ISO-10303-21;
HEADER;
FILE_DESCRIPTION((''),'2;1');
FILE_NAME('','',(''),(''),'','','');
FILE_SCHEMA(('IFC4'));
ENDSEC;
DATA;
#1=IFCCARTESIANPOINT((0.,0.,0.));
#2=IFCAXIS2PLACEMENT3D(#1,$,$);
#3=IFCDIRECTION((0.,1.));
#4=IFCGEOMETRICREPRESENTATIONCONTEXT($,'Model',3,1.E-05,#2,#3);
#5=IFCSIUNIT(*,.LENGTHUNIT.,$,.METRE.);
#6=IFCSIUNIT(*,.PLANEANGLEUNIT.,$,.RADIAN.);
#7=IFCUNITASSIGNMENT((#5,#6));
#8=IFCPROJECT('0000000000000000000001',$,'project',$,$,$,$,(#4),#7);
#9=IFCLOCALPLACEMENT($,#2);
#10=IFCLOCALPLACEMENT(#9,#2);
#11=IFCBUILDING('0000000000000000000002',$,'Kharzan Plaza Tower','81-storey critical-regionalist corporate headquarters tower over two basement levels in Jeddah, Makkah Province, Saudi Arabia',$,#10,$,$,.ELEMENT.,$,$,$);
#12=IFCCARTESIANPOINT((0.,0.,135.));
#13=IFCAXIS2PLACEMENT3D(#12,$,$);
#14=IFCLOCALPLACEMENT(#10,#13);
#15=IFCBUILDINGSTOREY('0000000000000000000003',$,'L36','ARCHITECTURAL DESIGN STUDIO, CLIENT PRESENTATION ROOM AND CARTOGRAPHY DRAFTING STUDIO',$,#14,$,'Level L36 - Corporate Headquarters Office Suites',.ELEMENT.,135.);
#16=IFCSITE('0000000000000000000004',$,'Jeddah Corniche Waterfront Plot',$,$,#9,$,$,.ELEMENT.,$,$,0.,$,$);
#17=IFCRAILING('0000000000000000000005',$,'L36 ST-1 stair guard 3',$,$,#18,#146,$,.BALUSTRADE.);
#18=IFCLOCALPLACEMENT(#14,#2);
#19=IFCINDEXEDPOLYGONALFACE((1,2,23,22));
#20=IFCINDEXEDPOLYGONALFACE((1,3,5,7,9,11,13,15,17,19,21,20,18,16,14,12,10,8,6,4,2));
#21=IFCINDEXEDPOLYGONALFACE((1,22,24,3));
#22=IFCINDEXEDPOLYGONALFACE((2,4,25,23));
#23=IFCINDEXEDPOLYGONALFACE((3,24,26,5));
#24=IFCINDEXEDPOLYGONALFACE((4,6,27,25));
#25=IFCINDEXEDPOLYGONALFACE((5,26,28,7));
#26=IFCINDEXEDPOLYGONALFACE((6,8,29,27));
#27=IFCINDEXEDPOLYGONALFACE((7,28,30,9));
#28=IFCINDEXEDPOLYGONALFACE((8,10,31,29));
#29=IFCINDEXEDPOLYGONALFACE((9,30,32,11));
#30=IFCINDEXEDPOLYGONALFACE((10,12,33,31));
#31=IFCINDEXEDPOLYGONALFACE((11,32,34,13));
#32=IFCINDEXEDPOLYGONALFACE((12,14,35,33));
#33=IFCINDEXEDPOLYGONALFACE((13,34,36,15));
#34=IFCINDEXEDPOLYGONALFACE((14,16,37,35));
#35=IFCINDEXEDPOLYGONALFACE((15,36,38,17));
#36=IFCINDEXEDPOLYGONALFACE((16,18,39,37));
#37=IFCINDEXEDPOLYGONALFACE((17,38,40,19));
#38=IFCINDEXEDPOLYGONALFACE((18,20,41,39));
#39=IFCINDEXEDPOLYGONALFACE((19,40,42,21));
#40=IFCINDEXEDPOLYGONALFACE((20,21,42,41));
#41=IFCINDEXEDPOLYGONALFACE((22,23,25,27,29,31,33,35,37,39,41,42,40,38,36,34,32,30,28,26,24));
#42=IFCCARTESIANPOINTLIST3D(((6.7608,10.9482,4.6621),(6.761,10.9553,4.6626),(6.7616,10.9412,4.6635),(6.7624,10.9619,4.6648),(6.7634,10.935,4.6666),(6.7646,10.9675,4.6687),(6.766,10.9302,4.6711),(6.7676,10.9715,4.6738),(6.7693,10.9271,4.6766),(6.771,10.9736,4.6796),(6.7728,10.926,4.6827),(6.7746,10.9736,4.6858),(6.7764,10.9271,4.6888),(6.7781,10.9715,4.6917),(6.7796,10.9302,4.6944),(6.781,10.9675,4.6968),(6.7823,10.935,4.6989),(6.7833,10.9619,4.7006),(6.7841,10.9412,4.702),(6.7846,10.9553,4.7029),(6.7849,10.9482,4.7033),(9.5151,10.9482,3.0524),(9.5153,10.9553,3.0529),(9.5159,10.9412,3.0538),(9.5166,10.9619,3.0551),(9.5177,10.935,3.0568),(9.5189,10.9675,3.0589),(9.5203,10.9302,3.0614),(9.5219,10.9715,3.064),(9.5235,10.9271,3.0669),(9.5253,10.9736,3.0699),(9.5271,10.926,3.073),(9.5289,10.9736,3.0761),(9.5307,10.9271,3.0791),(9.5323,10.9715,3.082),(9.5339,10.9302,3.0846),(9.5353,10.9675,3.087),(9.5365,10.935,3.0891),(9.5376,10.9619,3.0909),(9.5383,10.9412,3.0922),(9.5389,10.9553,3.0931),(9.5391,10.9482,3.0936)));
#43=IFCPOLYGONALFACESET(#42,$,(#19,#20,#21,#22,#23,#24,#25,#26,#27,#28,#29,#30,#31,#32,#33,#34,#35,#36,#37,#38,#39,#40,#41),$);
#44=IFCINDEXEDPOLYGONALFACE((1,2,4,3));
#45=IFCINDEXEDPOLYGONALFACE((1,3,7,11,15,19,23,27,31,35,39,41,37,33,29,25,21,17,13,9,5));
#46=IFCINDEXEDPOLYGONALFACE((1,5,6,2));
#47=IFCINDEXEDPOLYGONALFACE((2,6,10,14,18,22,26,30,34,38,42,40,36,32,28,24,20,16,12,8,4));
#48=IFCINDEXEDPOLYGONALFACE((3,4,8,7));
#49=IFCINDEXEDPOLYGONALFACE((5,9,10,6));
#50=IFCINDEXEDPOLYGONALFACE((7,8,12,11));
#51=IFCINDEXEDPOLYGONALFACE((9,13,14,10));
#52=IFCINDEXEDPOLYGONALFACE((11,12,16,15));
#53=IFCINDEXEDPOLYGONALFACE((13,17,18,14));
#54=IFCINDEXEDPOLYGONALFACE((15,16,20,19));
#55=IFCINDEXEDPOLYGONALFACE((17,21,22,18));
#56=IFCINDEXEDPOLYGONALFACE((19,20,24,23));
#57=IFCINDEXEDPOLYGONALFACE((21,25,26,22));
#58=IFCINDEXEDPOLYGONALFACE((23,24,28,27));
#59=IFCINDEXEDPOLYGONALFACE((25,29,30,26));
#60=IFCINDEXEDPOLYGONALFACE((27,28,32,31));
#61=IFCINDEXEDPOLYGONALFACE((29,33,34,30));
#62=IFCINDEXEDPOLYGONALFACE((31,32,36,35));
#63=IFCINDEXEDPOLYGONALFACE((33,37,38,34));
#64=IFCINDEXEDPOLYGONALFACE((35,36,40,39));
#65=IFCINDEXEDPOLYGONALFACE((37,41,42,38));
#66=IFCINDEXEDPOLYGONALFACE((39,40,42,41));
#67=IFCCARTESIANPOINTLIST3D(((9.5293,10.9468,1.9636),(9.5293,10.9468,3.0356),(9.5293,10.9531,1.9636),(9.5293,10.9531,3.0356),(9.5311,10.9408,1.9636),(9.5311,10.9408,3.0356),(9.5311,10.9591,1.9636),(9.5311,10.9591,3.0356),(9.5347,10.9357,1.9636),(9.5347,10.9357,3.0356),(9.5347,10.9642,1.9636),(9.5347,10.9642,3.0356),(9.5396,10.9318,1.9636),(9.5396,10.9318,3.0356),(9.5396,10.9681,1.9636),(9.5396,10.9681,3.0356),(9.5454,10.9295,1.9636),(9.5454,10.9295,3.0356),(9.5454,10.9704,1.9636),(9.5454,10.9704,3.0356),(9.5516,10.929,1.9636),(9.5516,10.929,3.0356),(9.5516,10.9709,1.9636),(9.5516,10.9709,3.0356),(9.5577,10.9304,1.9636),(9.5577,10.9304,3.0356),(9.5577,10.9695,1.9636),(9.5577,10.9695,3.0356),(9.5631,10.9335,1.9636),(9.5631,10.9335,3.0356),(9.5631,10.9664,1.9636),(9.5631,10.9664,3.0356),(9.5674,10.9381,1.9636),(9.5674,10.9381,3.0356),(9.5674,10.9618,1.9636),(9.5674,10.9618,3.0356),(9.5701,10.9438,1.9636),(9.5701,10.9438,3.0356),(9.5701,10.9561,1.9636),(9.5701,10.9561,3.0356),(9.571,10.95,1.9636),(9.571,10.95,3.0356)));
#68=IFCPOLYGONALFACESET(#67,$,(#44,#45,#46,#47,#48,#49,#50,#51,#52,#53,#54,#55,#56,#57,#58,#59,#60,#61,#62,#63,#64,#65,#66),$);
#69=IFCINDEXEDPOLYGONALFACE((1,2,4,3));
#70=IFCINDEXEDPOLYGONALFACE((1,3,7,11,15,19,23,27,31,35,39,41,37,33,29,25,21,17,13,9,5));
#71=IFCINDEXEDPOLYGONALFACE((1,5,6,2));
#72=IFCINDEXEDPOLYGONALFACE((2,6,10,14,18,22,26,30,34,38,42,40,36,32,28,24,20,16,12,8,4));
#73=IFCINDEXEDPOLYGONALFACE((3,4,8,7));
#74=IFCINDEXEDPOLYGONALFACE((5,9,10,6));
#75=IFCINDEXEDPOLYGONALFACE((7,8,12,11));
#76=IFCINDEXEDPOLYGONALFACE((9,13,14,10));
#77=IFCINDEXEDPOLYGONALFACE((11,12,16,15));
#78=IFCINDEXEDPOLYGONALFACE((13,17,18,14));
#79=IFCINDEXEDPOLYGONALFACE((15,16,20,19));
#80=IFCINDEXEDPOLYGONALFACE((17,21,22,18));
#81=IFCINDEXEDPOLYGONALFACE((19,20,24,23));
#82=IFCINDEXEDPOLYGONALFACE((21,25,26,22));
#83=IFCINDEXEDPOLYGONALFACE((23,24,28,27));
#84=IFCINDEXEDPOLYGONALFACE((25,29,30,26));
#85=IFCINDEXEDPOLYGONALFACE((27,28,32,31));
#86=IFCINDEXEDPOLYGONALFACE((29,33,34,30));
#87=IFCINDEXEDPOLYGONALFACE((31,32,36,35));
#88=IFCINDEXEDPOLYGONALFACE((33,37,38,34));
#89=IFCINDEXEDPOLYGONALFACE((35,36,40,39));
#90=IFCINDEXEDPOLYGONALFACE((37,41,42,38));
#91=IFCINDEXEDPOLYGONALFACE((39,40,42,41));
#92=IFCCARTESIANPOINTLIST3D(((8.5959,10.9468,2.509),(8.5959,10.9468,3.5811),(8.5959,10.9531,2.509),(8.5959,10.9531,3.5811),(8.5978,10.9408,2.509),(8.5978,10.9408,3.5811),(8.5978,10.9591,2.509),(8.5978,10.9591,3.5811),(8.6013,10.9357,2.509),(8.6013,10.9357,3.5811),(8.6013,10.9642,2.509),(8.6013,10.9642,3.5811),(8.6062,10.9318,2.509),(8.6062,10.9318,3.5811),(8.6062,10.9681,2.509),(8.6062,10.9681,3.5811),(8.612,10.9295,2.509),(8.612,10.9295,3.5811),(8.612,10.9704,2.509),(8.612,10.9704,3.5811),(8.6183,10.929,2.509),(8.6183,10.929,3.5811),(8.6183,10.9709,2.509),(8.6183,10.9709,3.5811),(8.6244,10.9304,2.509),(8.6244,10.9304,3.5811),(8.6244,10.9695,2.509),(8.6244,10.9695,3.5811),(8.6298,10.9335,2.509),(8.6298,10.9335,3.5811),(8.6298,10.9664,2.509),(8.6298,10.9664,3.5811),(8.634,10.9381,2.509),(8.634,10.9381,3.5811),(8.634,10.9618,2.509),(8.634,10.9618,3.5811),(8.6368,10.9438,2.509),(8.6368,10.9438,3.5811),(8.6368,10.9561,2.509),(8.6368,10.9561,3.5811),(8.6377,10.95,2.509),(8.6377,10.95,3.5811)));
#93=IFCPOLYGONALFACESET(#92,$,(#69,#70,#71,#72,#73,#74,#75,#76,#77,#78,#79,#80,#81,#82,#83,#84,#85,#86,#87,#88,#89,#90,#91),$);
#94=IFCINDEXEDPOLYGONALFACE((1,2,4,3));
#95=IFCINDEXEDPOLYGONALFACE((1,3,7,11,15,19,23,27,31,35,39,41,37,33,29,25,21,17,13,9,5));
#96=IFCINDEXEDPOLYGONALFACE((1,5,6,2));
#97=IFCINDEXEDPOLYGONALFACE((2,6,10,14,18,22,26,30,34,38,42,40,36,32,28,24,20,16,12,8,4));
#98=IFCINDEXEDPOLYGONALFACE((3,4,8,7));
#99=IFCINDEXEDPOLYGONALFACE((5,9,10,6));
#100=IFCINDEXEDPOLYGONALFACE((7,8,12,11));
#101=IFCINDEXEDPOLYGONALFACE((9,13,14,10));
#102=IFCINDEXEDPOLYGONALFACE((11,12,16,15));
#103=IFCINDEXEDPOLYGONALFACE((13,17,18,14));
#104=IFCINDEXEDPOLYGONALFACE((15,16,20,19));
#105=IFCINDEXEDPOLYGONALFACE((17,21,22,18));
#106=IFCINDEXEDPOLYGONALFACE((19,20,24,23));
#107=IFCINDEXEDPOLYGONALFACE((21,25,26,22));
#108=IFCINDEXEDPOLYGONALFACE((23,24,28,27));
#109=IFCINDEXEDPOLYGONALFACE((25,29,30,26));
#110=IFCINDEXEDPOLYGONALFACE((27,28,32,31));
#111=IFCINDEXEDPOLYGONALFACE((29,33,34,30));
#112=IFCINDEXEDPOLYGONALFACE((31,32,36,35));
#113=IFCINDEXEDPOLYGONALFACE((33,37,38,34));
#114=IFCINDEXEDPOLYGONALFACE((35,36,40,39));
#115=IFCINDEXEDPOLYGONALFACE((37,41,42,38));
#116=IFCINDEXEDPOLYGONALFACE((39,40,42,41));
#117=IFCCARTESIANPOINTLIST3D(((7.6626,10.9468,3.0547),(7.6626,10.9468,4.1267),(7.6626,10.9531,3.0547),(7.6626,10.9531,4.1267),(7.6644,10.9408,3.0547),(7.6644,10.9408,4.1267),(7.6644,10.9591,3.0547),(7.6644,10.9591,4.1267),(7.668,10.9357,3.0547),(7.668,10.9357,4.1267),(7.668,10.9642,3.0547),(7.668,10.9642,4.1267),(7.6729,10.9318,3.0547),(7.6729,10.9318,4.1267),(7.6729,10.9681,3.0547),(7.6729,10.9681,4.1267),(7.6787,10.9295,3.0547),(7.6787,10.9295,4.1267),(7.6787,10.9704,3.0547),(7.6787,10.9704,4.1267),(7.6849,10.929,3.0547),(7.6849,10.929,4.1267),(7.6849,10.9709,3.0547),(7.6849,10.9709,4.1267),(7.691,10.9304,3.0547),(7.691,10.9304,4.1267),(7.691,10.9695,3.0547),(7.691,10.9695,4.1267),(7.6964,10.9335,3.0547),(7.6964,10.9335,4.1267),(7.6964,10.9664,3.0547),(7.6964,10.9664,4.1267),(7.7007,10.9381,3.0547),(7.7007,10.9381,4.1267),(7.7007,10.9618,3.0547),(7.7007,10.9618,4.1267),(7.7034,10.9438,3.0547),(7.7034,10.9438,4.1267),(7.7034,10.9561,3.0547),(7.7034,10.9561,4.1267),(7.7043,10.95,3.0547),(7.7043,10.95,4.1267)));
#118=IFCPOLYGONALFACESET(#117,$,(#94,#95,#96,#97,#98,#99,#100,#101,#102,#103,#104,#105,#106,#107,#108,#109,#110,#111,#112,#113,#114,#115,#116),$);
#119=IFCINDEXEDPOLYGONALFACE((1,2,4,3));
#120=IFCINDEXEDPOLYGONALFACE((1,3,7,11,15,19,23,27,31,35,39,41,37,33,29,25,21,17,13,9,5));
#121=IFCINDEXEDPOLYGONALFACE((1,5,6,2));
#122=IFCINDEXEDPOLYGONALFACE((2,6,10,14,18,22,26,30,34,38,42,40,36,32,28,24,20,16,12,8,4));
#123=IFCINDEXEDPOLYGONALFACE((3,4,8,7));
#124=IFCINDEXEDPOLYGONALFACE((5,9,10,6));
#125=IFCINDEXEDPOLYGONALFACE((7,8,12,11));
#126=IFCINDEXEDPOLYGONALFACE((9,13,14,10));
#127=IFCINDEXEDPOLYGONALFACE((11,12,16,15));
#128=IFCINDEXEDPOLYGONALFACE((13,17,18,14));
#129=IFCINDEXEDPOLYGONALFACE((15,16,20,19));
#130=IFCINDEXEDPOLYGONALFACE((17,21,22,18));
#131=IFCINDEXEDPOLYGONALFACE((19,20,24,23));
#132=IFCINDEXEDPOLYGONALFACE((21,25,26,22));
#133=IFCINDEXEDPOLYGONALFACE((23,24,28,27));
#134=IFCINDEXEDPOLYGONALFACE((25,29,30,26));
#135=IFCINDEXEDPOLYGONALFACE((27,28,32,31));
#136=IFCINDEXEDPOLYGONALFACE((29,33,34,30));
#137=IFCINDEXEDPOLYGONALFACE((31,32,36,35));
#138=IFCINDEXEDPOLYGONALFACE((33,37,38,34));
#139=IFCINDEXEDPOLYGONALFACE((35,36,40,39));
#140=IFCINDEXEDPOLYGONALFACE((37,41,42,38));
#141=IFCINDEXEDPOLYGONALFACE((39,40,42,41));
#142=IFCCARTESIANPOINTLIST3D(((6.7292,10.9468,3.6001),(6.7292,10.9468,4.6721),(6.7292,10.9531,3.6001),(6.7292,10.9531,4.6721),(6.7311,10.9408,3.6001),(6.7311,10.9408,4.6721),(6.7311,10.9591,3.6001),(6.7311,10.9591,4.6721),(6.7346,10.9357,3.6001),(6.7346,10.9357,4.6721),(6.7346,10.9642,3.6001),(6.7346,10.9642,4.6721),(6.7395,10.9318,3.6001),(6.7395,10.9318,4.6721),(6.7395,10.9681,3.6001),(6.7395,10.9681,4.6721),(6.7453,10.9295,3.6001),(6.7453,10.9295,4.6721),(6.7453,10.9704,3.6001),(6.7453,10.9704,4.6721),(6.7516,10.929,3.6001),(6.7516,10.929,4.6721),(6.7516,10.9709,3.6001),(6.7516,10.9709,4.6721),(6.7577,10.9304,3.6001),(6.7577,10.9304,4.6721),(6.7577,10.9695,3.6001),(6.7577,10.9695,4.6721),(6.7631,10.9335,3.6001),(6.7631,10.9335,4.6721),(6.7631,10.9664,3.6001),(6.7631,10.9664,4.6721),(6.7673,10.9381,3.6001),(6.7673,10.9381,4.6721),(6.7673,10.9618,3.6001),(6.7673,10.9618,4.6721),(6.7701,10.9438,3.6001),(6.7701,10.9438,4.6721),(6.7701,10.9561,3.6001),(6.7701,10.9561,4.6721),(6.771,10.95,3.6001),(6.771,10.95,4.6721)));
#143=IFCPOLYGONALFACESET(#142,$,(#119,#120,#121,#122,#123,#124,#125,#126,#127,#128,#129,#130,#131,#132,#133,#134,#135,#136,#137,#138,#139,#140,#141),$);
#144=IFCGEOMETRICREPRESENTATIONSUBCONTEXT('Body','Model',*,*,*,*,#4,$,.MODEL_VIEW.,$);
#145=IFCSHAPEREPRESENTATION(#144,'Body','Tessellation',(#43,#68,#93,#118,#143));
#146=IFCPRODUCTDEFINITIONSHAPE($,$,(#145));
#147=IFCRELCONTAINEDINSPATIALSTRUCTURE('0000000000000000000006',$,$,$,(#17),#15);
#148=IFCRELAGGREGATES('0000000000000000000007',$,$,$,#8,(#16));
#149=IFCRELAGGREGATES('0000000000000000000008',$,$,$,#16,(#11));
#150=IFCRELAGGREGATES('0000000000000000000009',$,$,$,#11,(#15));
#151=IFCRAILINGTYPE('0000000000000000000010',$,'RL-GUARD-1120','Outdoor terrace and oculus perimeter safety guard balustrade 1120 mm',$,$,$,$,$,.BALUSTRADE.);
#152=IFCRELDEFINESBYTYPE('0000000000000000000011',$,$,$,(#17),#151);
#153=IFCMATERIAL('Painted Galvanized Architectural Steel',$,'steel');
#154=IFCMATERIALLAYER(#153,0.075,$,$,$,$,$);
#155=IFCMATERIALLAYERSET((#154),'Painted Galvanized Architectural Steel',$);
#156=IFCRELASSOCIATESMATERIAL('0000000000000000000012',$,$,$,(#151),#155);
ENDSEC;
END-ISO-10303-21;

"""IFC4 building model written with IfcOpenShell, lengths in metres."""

from ifc_helpers import new_model, si_unit, direction, frame, origin, origin_2d, place, context, subcontext, project, spatial, circle, extrude, source, transform, mapped, material, layer, layer_set, type_object, element, save


model = new_model("IFC4")

# Units and contexts
model_context = context("Model", 3, precision=1e-05, world=origin(), true_north=direction((0.0, 1.0)))
body_context = subcontext(model_context, "Body", "Model", "MODEL_VIEW")
ifc_project = project(units=[si_unit("LENGTHUNIT", "METRE"), si_unit("PLANEANGLEUNIT", "RADIAN")], contexts=[model_context])

# Site, building, storey
site_placement = place(None, origin())
site = spatial("IfcSite", under=ifc_project, at=site_placement, Name="Jeddah Corniche Waterfront Plot", CompositionType="ELEMENT", RefElevation=0.0)
building_placement = place(site_placement, origin())
building = spatial("IfcBuilding", under=site, at=building_placement, Name="Kharzan Plaza Tower", Description="81-storey critical-regionalist corporate headquarters tower over two basement levels in Jeddah, Makkah Province, Saudi Arabia", CompositionType="ELEMENT")
storey_placement = place(building_placement, frame((0.0, 0.0, 135.0)))
storey = spatial("IfcBuildingStorey", under=building, at=storey_placement, Name="L36", Description="ARCHITECTURAL DESIGN STUDIO, CLIENT PRESENTATION ROOM AND CARTOGRAPHY DRAFTING STUDIO", LongName="Level L36 - Corporate Headquarters Office Suites", CompositionType="ELEMENT", Elevation=135.0)

# Railing
ifc_material_1 = material(Name="Painted Galvanized Architectural Steel", Category="steel")
ifc_layer_1 = layer(ifc_material_1, 0.075)
ifc_layer_set_1 = layer_set([ifc_layer_1], Name="Painted Galvanized Architectural Steel")
railing_type_1 = type_object("IfcRailingType", Name="RL-GUARD-1120", Description="Outdoor terrace and oculus perimeter safety guard balustrade 1120 mm", PredefinedType="BALUSTRADE", material=ifc_layer_set_1)
shared_shape_1 = source(origin(), body_context, "Body", "SweptSolid", [
    extrude(circle(Radius=0.0239, at=origin_2d()), frame((-0.0229, 0.0, 1.1094), z_axis=(-0.863361, 0.0, 0.504587), x_axis=(0.0, -1.0, 0.0)), (0.0, 0.0, 1.0), 3.1902),
    extrude(circle(Radius=0.021, at=origin_2d()), origin(), (0.0, 0.0, 1.0), 1.072),
    extrude(circle(Radius=0.021, at=origin_2d()), frame((-0.9333, 0.0, 0.5454)), (0.0, 0.0, 1.0), 1.072),
    extrude(circle(Radius=0.021, at=origin_2d()), frame((-1.8667, 0.0, 1.0911)), (0.0, 0.0, 1.0), 1.072),
    extrude(circle(Radius=0.021, at=origin_2d()), frame((-2.8, 0.0, 1.6365)), (0.0, 0.0, 1.0), 1.072),
])
railing_1_placement = place(storey_placement, frame((9.55, 10.95, 1.9636)))
element("IfcRailing", 1, at=railing_1_placement, inside=storey, type_object=railing_type_1, Name="L36 ST-1 stair guard 3", PredefinedType="BALUSTRADE", context=body_context, shape_type="MappedRepresentation", body=[
    mapped(shared_shape_1, transform((0.0, 0.0, 0.0), x_axis=(1.0, 0.0, 0.0), y_axis=(0.0, 1.0, 0.0), z_axis=(0.0, 0.0, 1.0))),
])

save(model, "model.ifc")
